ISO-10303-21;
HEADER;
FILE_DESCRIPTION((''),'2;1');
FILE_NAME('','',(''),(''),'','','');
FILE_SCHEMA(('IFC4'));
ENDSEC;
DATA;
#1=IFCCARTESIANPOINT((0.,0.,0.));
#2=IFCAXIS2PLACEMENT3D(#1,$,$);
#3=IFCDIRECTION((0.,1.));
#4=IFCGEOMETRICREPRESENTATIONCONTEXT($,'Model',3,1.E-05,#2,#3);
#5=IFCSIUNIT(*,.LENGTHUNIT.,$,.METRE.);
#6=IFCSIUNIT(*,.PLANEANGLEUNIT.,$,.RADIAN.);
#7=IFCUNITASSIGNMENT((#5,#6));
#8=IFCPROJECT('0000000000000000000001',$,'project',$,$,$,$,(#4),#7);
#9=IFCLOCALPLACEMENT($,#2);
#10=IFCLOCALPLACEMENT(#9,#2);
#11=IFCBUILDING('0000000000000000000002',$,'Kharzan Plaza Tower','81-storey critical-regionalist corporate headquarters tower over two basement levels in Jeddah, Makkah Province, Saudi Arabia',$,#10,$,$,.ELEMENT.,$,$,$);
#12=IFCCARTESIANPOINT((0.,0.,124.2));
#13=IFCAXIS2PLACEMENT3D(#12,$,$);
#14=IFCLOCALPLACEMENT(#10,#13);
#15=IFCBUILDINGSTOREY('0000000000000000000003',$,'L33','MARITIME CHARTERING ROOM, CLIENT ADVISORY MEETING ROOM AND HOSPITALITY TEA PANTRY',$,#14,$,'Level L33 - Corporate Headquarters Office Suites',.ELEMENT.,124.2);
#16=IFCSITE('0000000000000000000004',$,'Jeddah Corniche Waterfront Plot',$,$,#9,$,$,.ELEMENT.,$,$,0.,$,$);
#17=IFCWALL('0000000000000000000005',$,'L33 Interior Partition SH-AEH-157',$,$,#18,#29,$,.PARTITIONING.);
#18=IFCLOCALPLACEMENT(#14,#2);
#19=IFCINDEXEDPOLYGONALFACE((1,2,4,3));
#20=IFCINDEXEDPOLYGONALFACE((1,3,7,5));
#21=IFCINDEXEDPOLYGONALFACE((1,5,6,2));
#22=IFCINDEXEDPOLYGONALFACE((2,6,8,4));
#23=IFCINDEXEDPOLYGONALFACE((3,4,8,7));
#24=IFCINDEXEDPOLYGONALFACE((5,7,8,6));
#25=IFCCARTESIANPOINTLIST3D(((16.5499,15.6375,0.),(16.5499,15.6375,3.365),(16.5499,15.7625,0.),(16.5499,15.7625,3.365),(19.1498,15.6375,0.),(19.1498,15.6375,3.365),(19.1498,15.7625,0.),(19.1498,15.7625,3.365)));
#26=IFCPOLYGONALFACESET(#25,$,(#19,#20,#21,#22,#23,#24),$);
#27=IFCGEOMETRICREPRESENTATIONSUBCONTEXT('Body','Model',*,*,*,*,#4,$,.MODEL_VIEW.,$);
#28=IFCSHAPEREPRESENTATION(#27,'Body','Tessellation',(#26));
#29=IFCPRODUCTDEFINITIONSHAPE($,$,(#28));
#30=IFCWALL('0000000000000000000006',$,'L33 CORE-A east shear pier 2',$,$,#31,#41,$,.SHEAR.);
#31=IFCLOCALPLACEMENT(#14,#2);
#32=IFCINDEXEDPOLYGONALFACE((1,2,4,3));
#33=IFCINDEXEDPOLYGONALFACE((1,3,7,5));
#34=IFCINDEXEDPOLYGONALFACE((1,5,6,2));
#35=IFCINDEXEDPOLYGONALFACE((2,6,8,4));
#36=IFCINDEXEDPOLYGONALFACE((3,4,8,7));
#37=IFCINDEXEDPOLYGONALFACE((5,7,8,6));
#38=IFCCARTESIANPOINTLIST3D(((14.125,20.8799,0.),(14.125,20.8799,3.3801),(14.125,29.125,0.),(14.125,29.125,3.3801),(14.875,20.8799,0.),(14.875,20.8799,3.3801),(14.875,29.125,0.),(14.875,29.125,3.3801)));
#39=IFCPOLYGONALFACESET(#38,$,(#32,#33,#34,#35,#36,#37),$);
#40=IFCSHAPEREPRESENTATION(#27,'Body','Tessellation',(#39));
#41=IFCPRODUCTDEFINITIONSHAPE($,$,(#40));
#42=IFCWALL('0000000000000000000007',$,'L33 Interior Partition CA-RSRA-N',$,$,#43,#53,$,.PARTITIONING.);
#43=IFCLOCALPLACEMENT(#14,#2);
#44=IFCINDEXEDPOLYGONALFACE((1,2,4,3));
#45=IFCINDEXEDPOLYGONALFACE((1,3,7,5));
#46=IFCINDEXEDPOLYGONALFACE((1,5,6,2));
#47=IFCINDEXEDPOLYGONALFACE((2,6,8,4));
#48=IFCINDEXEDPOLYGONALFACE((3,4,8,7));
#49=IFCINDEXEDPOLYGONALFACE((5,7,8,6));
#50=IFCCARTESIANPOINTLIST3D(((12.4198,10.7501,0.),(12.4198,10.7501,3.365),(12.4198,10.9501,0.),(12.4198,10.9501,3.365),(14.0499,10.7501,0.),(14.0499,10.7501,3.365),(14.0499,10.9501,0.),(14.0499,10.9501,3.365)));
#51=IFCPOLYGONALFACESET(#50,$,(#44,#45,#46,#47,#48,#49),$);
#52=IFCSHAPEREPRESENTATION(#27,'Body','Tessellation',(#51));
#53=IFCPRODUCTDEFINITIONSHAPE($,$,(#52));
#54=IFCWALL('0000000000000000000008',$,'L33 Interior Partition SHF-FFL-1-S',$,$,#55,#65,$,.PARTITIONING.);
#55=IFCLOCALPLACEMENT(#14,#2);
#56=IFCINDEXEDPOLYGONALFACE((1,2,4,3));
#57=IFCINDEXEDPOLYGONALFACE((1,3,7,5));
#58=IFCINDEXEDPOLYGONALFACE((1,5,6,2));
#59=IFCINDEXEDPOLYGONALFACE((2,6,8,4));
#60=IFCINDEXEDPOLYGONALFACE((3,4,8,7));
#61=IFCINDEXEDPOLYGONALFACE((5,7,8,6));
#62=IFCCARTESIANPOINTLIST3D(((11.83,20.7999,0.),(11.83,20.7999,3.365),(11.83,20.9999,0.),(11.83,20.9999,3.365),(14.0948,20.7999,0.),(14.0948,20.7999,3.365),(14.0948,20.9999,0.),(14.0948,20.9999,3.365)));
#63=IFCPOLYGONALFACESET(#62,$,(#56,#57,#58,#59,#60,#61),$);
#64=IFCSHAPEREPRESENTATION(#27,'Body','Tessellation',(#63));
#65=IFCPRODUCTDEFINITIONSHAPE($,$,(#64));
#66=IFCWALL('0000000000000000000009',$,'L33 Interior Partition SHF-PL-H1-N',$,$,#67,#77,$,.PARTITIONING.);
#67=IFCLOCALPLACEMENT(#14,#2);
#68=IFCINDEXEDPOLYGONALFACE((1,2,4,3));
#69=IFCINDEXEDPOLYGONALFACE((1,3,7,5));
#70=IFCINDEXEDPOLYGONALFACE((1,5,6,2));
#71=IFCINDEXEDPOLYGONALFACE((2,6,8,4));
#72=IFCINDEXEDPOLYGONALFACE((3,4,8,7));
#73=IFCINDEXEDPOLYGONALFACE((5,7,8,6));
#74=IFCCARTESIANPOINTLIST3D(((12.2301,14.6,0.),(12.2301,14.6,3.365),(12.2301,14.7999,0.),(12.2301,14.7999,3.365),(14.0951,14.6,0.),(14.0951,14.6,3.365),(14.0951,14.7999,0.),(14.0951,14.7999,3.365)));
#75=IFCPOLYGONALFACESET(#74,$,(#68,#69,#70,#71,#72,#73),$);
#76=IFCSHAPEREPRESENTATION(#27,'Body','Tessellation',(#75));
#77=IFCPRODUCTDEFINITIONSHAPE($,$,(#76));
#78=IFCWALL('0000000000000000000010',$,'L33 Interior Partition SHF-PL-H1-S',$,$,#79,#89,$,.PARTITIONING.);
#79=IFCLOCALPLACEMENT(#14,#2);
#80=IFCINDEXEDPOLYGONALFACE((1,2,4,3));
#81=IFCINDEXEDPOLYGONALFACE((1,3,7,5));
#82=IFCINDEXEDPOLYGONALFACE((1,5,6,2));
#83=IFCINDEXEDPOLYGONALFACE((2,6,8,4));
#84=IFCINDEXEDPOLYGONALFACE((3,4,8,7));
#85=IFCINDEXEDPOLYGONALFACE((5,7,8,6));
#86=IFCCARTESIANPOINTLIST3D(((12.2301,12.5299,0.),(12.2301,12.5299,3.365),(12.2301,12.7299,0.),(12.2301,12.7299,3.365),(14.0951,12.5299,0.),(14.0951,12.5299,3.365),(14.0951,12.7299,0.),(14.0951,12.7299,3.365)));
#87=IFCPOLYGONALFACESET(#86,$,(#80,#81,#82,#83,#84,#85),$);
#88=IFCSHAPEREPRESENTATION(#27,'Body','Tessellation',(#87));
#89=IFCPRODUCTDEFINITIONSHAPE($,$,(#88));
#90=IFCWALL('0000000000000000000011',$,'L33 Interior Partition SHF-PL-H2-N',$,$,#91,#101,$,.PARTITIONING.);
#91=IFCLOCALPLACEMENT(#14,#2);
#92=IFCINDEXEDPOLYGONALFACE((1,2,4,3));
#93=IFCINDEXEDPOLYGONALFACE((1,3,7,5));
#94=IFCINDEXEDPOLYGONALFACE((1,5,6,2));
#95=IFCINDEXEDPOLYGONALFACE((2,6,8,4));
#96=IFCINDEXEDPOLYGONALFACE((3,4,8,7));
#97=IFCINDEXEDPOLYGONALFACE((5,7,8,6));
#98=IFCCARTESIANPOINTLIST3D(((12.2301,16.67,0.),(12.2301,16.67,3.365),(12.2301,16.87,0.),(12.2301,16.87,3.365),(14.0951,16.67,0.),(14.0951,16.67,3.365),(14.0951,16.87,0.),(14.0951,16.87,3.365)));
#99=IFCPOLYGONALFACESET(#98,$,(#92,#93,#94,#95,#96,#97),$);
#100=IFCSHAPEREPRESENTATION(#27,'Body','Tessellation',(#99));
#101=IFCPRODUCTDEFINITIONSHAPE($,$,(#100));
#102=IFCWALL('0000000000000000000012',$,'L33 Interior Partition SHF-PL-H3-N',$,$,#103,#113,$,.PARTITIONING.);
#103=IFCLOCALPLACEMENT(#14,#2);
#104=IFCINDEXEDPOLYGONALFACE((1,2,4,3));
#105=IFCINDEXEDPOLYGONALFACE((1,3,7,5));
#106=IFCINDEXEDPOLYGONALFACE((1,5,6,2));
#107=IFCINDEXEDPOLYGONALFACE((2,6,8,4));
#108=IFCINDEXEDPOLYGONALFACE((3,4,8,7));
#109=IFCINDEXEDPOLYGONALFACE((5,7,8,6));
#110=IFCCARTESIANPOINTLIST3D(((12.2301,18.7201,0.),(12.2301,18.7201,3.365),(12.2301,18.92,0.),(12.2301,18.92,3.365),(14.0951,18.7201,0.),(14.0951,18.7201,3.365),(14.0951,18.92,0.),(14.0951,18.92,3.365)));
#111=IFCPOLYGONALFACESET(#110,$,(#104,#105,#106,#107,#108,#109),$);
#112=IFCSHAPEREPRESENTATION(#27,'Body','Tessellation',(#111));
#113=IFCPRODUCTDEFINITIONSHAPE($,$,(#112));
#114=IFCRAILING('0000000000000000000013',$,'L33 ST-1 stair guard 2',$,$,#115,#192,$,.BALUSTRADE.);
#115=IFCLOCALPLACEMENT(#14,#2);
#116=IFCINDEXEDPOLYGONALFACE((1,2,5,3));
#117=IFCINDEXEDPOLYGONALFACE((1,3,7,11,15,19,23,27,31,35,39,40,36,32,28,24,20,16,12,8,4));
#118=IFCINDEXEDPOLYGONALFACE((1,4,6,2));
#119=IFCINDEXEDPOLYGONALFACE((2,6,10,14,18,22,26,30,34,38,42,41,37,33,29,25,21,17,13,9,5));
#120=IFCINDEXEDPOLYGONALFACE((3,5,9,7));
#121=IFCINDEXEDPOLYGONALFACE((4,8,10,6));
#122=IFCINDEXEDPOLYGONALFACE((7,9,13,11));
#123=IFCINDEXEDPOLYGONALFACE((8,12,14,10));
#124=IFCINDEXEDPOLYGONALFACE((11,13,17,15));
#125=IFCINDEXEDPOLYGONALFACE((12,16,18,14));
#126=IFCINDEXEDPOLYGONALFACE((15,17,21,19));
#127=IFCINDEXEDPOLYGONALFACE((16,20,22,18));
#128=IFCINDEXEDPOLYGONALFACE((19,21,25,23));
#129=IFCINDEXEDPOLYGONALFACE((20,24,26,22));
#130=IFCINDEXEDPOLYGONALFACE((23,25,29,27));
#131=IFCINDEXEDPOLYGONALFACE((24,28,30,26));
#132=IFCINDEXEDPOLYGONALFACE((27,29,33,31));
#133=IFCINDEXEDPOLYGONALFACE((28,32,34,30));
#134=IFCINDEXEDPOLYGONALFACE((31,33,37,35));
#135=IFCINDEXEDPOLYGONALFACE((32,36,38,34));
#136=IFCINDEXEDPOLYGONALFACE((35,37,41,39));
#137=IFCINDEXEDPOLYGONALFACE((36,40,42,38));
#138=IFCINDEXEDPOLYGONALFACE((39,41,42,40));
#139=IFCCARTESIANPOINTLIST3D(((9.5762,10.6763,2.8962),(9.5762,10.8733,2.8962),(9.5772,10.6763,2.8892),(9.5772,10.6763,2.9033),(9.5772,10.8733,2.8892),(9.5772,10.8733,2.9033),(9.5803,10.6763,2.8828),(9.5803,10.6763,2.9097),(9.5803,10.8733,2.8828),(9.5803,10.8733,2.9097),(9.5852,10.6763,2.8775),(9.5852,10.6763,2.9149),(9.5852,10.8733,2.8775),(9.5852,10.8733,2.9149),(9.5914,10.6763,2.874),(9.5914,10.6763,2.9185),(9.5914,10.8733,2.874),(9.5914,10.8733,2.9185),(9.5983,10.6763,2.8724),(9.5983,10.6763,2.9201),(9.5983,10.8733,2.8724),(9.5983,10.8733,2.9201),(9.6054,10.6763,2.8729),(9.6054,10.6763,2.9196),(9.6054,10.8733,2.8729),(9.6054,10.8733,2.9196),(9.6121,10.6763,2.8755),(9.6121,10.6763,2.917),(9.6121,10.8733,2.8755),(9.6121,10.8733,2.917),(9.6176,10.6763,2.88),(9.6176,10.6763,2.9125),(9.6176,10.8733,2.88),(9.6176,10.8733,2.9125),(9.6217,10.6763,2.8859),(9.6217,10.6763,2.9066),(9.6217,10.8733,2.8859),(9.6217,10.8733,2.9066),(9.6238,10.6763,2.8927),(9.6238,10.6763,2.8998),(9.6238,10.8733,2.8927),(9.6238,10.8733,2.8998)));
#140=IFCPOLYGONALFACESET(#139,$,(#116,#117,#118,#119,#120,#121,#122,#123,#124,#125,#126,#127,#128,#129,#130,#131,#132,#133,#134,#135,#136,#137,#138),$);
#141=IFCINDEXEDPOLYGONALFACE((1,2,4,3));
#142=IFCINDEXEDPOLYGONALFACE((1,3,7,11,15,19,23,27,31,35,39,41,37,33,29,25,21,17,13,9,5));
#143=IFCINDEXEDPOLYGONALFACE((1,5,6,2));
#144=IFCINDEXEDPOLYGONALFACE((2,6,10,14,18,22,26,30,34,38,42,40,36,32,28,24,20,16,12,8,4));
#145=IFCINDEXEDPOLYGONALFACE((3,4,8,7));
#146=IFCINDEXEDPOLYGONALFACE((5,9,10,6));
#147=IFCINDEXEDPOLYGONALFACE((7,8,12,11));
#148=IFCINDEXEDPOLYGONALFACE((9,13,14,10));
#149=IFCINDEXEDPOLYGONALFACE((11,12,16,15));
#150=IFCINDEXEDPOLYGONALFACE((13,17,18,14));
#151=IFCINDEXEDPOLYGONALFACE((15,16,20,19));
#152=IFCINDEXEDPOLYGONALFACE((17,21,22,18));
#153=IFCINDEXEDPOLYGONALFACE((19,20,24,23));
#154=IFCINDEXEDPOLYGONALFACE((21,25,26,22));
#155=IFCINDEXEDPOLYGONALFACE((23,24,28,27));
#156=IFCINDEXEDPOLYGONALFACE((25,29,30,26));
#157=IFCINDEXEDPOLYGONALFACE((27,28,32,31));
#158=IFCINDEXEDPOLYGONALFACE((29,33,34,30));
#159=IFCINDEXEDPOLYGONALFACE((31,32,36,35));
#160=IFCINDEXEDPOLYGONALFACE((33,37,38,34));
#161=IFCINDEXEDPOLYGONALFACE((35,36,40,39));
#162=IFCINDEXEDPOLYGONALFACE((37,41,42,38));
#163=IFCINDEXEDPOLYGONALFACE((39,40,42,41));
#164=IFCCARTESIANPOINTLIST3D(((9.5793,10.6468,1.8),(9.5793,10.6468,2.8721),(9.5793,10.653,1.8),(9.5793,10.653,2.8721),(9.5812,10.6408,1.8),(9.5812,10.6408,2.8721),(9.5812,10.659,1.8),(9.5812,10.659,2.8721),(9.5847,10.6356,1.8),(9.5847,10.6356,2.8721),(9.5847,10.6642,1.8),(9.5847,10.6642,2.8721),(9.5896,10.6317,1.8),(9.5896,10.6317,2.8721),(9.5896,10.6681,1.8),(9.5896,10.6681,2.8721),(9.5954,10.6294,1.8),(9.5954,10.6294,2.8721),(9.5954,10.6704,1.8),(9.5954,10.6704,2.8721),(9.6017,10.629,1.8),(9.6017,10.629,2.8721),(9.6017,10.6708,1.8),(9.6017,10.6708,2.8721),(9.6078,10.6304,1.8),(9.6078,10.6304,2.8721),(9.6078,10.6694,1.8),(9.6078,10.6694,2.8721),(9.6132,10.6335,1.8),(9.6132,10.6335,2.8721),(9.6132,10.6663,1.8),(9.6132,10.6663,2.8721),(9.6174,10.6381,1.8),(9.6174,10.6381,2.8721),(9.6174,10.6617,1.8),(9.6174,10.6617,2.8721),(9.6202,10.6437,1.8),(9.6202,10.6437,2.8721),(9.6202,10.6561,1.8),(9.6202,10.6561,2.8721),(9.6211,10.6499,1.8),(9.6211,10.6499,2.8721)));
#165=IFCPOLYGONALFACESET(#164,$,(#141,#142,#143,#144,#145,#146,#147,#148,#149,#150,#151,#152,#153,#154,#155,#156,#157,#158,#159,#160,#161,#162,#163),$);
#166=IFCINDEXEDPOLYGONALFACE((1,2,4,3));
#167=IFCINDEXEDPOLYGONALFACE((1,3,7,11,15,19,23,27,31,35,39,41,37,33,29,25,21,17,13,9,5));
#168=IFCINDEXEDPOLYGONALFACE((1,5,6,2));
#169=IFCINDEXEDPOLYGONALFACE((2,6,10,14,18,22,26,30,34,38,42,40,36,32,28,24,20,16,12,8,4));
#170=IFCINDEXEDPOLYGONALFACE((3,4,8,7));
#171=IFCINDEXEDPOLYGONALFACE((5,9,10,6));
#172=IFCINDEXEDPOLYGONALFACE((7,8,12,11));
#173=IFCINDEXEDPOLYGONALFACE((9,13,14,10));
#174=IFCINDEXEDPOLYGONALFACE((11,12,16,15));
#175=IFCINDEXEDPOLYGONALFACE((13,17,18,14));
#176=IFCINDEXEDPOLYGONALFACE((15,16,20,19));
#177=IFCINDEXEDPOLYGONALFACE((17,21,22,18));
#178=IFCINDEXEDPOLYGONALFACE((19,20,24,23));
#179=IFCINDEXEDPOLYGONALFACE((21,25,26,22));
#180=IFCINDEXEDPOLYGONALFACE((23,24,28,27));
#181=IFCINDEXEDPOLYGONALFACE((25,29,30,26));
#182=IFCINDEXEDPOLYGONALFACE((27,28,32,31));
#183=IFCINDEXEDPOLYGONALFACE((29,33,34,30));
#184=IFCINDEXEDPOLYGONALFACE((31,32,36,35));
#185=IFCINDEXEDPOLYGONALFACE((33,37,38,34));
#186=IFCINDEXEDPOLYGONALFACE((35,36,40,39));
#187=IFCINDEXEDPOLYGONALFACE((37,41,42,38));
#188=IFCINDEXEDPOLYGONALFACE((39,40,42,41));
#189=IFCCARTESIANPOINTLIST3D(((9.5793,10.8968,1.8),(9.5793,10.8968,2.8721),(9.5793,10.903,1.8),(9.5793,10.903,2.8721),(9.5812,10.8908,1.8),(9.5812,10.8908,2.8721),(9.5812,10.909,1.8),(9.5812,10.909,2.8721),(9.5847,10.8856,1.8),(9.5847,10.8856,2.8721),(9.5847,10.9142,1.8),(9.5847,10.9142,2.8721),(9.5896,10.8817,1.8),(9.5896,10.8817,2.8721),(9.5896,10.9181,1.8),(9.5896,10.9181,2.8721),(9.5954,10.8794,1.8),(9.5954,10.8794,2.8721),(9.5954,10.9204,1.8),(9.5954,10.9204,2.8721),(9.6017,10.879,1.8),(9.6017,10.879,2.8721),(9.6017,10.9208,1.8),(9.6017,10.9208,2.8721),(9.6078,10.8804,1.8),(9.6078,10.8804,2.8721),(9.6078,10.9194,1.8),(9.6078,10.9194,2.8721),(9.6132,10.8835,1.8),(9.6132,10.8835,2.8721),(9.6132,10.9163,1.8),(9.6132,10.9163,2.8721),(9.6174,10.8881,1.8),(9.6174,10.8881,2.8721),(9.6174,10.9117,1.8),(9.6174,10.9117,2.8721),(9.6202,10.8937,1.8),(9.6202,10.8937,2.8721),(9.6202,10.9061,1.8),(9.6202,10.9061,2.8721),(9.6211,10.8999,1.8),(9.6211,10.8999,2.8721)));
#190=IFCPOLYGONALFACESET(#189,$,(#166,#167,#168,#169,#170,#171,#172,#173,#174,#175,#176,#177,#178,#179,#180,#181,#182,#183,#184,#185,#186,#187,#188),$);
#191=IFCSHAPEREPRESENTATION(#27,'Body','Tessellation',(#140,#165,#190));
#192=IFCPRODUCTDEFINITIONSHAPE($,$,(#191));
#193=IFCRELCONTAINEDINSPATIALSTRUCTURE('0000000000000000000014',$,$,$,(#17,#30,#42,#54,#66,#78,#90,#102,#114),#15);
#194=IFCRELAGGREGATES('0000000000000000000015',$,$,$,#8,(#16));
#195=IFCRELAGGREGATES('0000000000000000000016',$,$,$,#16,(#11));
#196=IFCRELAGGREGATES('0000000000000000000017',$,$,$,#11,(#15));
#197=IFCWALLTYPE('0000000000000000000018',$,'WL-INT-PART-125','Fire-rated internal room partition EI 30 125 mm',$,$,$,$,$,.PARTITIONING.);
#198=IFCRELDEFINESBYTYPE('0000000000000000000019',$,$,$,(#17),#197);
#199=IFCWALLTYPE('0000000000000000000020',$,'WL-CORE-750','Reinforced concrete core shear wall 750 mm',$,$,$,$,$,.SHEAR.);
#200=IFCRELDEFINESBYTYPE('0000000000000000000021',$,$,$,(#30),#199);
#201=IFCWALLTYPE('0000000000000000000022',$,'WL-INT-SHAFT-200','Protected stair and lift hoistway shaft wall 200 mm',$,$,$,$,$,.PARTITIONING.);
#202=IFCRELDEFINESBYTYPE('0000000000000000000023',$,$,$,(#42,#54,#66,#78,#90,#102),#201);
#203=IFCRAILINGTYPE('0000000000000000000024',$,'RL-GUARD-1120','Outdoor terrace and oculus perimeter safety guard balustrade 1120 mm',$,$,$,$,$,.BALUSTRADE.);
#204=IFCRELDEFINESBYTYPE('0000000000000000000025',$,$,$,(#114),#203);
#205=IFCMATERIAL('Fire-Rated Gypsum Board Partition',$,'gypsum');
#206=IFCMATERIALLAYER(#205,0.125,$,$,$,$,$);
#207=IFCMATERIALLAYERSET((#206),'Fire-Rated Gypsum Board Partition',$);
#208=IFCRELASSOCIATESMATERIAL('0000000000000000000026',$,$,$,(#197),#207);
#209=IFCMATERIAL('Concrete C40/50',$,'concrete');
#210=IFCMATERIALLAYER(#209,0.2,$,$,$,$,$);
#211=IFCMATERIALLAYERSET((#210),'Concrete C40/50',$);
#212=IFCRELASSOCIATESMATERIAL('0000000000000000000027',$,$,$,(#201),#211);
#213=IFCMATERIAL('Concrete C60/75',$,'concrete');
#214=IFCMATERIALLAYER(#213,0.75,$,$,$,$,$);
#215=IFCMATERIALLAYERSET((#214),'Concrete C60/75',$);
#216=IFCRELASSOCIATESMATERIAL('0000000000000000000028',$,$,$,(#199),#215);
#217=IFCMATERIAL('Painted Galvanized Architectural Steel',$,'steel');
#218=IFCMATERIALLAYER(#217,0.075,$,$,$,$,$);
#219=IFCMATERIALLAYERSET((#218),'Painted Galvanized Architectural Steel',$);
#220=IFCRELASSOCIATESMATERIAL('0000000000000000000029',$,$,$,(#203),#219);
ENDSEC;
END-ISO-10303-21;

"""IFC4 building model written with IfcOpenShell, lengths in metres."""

from ifc_helpers import new_model, si_unit, direction, frame, frame_2d, origin, origin_2d, place, context, subcontext, project, spatial, rectangle, circle, extrude, source, transform, mapped, material, layer, layer_set, type_object, element, save


model = new_model("IFC4")

# Units and contexts
model_context = context("Model", 3, precision=1e-05, world=origin(), true_north=direction((0.0, 1.0)))
body_context = subcontext(model_context, "Body", "Model", "MODEL_VIEW")
ifc_project = project(units=[si_unit("LENGTHUNIT", "METRE"), si_unit("PLANEANGLEUNIT", "RADIAN")], contexts=[model_context])

# Site, building, storey
site_placement = place(None, origin())
site = spatial("IfcSite", under=ifc_project, at=site_placement, Name="Jeddah Corniche Waterfront Plot", CompositionType="ELEMENT", RefElevation=0.0)
building_placement = place(site_placement, origin())
building = spatial("IfcBuilding", under=site, at=building_placement, Name="Kharzan Plaza Tower", Description="81-storey critical-regionalist corporate headquarters tower over two basement levels in Jeddah, Makkah Province, Saudi Arabia", CompositionType="ELEMENT")
storey_placement = place(building_placement, frame((0.0, 0.0, 124.2)))
storey = spatial("IfcBuildingStorey", under=building, at=storey_placement, Name="L33", Description="MARITIME CHARTERING ROOM, CLIENT ADVISORY MEETING ROOM AND HOSPITALITY TEA PANTRY", LongName="Level L33 - Corporate Headquarters Office Suites", CompositionType="ELEMENT", Elevation=124.2)

# Shared definitions
ifc_material_1 = material(Name="Concrete C60/75", Category="concrete")

# Shared definitions
ifc_material_2 = material(Name="Fire-Rated Gypsum Board Partition", Category="gypsum")
ifc_layer_1 = layer(ifc_material_2, 0.125)
ifc_layer_set_1 = layer_set([ifc_layer_1], Name="Fire-Rated Gypsum Board Partition")
wall_type_1 = type_object("IfcWallType", Name="WL-INT-PART-125", Description="Fire-rated internal room partition EI 30 125 mm", PredefinedType="PARTITIONING", material=ifc_layer_set_1)
ifc_material_3 = material(Name="Concrete C40/50", Category="concrete")
ifc_layer_2 = layer(ifc_material_3, 0.2)
ifc_layer_set_2 = layer_set([ifc_layer_2], Name="Concrete C40/50")
wall_type_2 = type_object("IfcWallType", Name="WL-INT-SHAFT-200", Description="Protected stair and lift hoistway shaft wall 200 mm", PredefinedType="PARTITIONING", material=ifc_layer_set_2)

# Walls
shared_shape_1 = source(origin(), body_context, "Body", "SweptSolid", [
    extrude(rectangle(XDim=2.5999, YDim=0.125, at=frame_2d((1.2998, 0.0))), origin(), (0.0, 0.0, 1.0), 3.365),
])
wall_1_placement = place(storey_placement, frame((16.55, 15.7, 0.0), z_axis=(0.0, 0.0, 1.0), x_axis=(1.0, 0.0, 0.0)))
element("IfcWall", 1, at=wall_1_placement, inside=storey, type_object=wall_type_1, Name="L33 Interior Partition SH-AEH-157", PredefinedType="PARTITIONING", context=body_context, shape_type="MappedRepresentation", body=[
    mapped(shared_shape_1, transform((0.0, 0.0, 0.0), x_axis=(1.0, 0.0, 0.0), y_axis=(0.0, 1.0, 0.0), z_axis=(0.0, 0.0, 1.0))),
])
ifc_layer_3 = layer(ifc_material_1, 0.75)
ifc_layer_set_3 = layer_set([ifc_layer_3], Name="Concrete C60/75")
wall_type_3 = type_object("IfcWallType", Name="WL-CORE-750", Description="Reinforced concrete core shear wall 750 mm", PredefinedType="SHEAR", material=ifc_layer_set_3)
shared_shape_2 = source(origin(), body_context, "Body", "SweptSolid", [
    extrude(rectangle(XDim=8.2451, YDim=0.75, at=frame_2d((4.1226, 0.0))), origin(), (0.0, 0.0, 1.0), 3.3801),
])
wall_2_placement = place(storey_placement, frame((14.5, 20.8799, 0.0), z_axis=(0.0, 0.0, 1.0), x_axis=(0.0, 1.0, 0.0)))
element("IfcWall", 2, at=wall_2_placement, inside=storey, type_object=wall_type_3, Name="L33 CORE-A east shear pier 2", PredefinedType="SHEAR", context=body_context, shape_type="MappedRepresentation", body=[
    mapped(shared_shape_2, transform((0.0, 0.0, 0.0), x_axis=(1.0, 0.0, 0.0), y_axis=(0.0, 1.0, 0.0), z_axis=(0.0, 0.0, 1.0))),
])
shared_shape_3 = source(origin(), body_context, "Body", "SweptSolid", [
    extrude(rectangle(XDim=1.6301, YDim=0.2, at=frame_2d((0.8149, 0.0))), origin(), (0.0, 0.0, 1.0), 3.365),
])
wall_3_placement = place(storey_placement, frame((12.4199, 10.8501, 0.0), z_axis=(0.0, 0.0, 1.0), x_axis=(1.0, 0.0, 0.0)))
element("IfcWall", 3, at=wall_3_placement, inside=storey, type_object=wall_type_2, Name="L33 Interior Partition CA-RSRA-N", PredefinedType="PARTITIONING", context=body_context, shape_type="MappedRepresentation", body=[
    mapped(shared_shape_3, transform((0.0, 0.0, 0.0), x_axis=(1.0, 0.0, 0.0), y_axis=(0.0, 1.0, 0.0), z_axis=(0.0, 0.0, 1.0))),
])
shared_shape_4 = source(origin(), body_context, "Body", "SweptSolid", [
    extrude(rectangle(XDim=2.2649, YDim=0.2, at=frame_2d((1.1323, 0.0))), origin(), (0.0, 0.0, 1.0), 3.365),
])
wall_4_placement = place(storey_placement, frame((11.8301, 20.8999, 0.0), z_axis=(0.0, 0.0, 1.0), x_axis=(1.0, 0.0, 0.0)))
element("IfcWall", 4, at=wall_4_placement, inside=storey, type_object=wall_type_2, Name="L33 Interior Partition SHF-FFL-1-S", PredefinedType="PARTITIONING", context=body_context, shape_type="MappedRepresentation", body=[
    mapped(shared_shape_4, transform((0.0, 0.0, 0.0), x_axis=(1.0, 0.0, 0.0), y_axis=(0.0, 1.0, 0.0), z_axis=(0.0, 0.0, 1.0))),
])
shared_shape_5 = source(origin(), body_context, "Body", "SweptSolid", [
    extrude(rectangle(XDim=1.865, YDim=0.2, at=frame_2d((0.9326, 0.0))), origin(), (0.0, 0.0, 1.0), 3.365),
])
for number, where, z_axis, x_axis, name in (
    (5, (12.23, 14.7, 0.0), (0.0, 0.0, 1.0), (1.0, 0.0, 0.0), "L33 Interior Partition SHF-PL-H1-N"),
    (6, (12.23, 12.6299, 0.0), (0.0, 0.0, 1.0), (1.0, 0.0, 0.0), "L33 Interior Partition SHF-PL-H1-S"),
    (7, (12.23, 16.77, 0.0), (0.0, 0.0, 1.0), (1.0, 0.0, 0.0), "L33 Interior Partition SHF-PL-H2-N"),
    (8, (12.23, 18.8201, 0.0), (0.0, 0.0, 1.0), (1.0, 0.0, 0.0), "L33 Interior Partition SHF-PL-H3-N"),
):
    element("IfcWall", number, at=place(storey_placement, frame(where, z_axis=z_axis, x_axis=x_axis)), inside=storey, type_object=wall_type_2, Name=name, PredefinedType="PARTITIONING", context=body_context, shape_type="MappedRepresentation", body=[
        mapped(shared_shape_5, transform((0.0, 0.0, 0.0), x_axis=(1.0, 0.0, 0.0), y_axis=(0.0, 1.0, 0.0), z_axis=(0.0, 0.0, 1.0))),
    ])

# Railing
ifc_material_4 = material(Name="Painted Galvanized Architectural Steel", Category="steel")
ifc_layer_4 = layer(ifc_material_4, 0.075)
ifc_layer_set_4 = layer_set([ifc_layer_4], Name="Painted Galvanized Architectural Steel")
railing_type_1 = type_object("IfcRailingType", Name="RL-GUARD-1120", Description="Outdoor terrace and oculus perimeter safety guard balustrade 1120 mm", PredefinedType="BALUSTRADE", material=ifc_layer_set_4)
shared_shape_6 = source(origin(), body_context, "Body", "SweptSolid", [
    extrude(circle(Radius=0.0239, at=origin_2d()), frame((0.0, 0.0264, 1.0962), z_axis=(0.0, 1.0, 0.0), x_axis=(-1.0, 0.0, 0.0)), (0.0, 0.0, 1.0), 0.197),
    extrude(circle(Radius=0.021, at=origin_2d()), origin(), (0.0, 0.0, 1.0), 1.072),
    extrude(circle(Radius=0.021, at=origin_2d()), frame((0.0, 0.25, 0.0)), (0.0, 0.0, 1.0), 1.072),
])
railing_1_placement = place(storey_placement, frame((9.6001, 10.6499, 1.8)))
element("IfcRailing", 9, at=railing_1_placement, inside=storey, type_object=railing_type_1, Name="L33 ST-1 stair guard 2", PredefinedType="BALUSTRADE", context=body_context, shape_type="MappedRepresentation", body=[
    mapped(shared_shape_6, transform((0.0, 0.0, 0.0), x_axis=(1.0, 0.0, 0.0), y_axis=(0.0, 1.0, 0.0), z_axis=(0.0, 0.0, 1.0))),
])

save(model, "model.ifc")
